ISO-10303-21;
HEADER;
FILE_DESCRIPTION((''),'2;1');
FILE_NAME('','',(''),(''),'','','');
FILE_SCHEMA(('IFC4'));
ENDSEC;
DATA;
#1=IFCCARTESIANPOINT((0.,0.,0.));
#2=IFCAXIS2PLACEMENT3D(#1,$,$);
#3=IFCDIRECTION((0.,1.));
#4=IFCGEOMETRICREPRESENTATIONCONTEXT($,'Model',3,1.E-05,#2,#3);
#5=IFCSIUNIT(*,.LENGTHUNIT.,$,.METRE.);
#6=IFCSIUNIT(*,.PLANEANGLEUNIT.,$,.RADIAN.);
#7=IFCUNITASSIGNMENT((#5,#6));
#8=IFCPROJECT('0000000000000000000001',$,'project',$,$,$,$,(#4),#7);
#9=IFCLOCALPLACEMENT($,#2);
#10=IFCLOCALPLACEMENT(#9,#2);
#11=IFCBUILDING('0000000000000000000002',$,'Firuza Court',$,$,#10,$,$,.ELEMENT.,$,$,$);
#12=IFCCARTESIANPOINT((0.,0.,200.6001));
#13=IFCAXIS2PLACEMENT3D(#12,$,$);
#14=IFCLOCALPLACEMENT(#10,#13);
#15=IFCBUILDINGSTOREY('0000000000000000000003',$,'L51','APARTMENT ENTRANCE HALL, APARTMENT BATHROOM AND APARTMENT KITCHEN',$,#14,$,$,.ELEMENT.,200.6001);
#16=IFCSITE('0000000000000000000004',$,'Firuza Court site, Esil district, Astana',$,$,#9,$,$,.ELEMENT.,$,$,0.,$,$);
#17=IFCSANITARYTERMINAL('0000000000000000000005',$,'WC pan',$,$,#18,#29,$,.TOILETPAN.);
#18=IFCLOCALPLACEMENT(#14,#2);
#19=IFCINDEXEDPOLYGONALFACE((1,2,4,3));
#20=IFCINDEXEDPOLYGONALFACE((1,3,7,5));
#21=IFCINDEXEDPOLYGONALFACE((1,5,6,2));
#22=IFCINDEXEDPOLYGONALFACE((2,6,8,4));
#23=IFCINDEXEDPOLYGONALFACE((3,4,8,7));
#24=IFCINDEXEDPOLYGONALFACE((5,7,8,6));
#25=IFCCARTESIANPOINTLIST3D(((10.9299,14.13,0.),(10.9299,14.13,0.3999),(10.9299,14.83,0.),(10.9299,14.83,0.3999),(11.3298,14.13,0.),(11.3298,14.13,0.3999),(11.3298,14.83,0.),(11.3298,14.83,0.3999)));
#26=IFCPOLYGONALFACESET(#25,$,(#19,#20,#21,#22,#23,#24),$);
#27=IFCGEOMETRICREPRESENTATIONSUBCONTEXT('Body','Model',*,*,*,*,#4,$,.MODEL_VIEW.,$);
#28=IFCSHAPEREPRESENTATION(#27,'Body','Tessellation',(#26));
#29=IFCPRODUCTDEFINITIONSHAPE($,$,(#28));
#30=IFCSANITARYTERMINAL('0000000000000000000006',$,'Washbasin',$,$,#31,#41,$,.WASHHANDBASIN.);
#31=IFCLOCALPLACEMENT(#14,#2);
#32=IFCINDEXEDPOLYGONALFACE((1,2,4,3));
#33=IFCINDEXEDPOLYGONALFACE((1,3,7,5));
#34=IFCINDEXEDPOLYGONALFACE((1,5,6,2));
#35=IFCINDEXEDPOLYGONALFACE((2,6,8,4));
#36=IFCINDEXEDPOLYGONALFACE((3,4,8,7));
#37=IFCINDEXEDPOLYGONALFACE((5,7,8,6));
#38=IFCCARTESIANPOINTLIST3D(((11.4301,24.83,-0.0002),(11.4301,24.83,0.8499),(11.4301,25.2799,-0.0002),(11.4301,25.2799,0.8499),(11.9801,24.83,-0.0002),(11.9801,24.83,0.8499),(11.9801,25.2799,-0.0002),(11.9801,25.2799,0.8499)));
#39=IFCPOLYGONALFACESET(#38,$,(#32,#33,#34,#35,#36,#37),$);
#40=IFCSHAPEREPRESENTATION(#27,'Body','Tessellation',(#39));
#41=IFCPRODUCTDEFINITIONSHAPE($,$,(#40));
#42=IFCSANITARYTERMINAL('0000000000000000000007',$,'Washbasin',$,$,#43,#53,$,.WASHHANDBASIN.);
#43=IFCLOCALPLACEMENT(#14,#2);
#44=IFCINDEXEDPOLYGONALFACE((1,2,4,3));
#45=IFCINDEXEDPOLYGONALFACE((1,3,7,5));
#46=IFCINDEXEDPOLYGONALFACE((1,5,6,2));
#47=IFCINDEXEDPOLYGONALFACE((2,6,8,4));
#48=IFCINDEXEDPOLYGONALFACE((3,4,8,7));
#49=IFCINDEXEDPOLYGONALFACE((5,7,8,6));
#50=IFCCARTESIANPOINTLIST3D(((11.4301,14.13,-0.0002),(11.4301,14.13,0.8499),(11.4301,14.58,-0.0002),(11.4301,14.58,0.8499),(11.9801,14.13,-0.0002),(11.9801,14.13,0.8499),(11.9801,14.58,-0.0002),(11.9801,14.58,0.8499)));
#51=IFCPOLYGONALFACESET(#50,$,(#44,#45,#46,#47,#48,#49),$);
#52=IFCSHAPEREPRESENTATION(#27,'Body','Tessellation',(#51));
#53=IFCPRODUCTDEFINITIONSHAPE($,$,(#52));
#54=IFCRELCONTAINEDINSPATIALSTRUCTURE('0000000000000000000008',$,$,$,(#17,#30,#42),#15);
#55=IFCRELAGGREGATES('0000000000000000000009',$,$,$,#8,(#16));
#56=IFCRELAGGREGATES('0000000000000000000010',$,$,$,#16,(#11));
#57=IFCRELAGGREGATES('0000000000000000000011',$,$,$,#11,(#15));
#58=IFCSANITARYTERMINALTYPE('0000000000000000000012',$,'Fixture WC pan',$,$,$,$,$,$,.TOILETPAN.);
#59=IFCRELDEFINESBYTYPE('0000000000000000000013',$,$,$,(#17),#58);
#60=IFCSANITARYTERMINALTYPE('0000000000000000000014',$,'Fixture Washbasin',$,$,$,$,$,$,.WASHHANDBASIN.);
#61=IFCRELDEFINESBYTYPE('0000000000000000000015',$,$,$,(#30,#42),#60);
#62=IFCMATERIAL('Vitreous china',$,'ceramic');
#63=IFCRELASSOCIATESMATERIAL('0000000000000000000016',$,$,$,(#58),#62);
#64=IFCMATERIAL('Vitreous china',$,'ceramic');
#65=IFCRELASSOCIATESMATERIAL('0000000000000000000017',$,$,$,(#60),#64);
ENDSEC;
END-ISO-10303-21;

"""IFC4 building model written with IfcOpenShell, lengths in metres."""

from ifc_helpers import new_model, si_unit, direction, frame, origin, origin_2d, place, context, subcontext, project, spatial, rectangle, extrude, material, type_object, element, save


model = new_model("IFC4")

# Units and contexts
model_context = context("Model", 3, precision=1e-05, world=origin(), true_north=direction((0.0, 1.0)))
body_context = subcontext(model_context, "Body", "Model", "MODEL_VIEW")
ifc_project = project(units=[si_unit("LENGTHUNIT", "METRE"), si_unit("PLANEANGLEUNIT", "RADIAN")], contexts=[model_context])

# Site, building, storey
site_placement = place(None, origin())
site = spatial("IfcSite", under=ifc_project, at=site_placement, Name="Firuza Court site, Esil district, Astana", CompositionType="ELEMENT", RefElevation=0.0)
building_placement = place(site_placement, origin())
building = spatial("IfcBuilding", under=site, at=building_placement, Name="Firuza Court", CompositionType="ELEMENT")
storey_placement = place(building_placement, frame((0.0, 0.0, 200.6001)))
storey = spatial("IfcBuildingStorey", under=building, at=storey_placement, Name="L51", Description="APARTMENT ENTRANCE HALL, APARTMENT BATHROOM AND APARTMENT KITCHEN", CompositionType="ELEMENT", Elevation=200.6001)

# Sanitary terminals
ifc_material_1 = material(Name="Vitreous china", Category="ceramic")
sanitary_terminal_type_1 = type_object("IfcSanitaryTerminalType", Name="Fixture WC pan", PredefinedType="TOILETPAN", material=ifc_material_1)
for number, where, z_axis, x_axis, name in (
    (1, (11.1299, 14.48, 0.0), (0.0, 0.0, 1.0), (1.0, 0.0, 0.0), "WC pan"),
):
    element("IfcSanitaryTerminal", number, at=place(storey_placement, frame(where, z_axis=z_axis, x_axis=x_axis)), inside=storey, type_object=sanitary_terminal_type_1, Name=name, PredefinedType="TOILETPAN", context=body_context, shape_type="SweptSolid", body=[
        extrude(rectangle(XDim=0.3999, YDim=0.7, at=origin_2d()), origin(), (0.0, 0.0, 1.0), 0.3999),
    ])
ifc_material_2 = material(Name="Vitreous china", Category="ceramic")
sanitary_terminal_type_2 = type_object("IfcSanitaryTerminalType", Name="Fixture Washbasin", PredefinedType="WASHHANDBASIN", material=ifc_material_2)
for number, where, z_axis, x_axis, name in (
    (2, (11.7051, 25.0549, -0.0002), (0.0, 0.0, 1.0), (1.0, 0.0, 0.0), "Washbasin"),
    (3, (11.7051, 14.355, -0.0002), (0.0, 0.0, 1.0), (1.0, 0.0, 0.0), "Washbasin"),
):
    element("IfcSanitaryTerminal", number, at=place(storey_placement, frame(where, z_axis=z_axis, x_axis=x_axis)), inside=storey, type_object=sanitary_terminal_type_2, Name=name, PredefinedType="WASHHANDBASIN", context=body_context, shape_type="SweptSolid", body=[
        extrude(rectangle(XDim=0.55, YDim=0.45, at=origin_2d()), origin(), (0.0, 0.0, 1.0), 0.8501),
    ])

save(model, "model.ifc")
